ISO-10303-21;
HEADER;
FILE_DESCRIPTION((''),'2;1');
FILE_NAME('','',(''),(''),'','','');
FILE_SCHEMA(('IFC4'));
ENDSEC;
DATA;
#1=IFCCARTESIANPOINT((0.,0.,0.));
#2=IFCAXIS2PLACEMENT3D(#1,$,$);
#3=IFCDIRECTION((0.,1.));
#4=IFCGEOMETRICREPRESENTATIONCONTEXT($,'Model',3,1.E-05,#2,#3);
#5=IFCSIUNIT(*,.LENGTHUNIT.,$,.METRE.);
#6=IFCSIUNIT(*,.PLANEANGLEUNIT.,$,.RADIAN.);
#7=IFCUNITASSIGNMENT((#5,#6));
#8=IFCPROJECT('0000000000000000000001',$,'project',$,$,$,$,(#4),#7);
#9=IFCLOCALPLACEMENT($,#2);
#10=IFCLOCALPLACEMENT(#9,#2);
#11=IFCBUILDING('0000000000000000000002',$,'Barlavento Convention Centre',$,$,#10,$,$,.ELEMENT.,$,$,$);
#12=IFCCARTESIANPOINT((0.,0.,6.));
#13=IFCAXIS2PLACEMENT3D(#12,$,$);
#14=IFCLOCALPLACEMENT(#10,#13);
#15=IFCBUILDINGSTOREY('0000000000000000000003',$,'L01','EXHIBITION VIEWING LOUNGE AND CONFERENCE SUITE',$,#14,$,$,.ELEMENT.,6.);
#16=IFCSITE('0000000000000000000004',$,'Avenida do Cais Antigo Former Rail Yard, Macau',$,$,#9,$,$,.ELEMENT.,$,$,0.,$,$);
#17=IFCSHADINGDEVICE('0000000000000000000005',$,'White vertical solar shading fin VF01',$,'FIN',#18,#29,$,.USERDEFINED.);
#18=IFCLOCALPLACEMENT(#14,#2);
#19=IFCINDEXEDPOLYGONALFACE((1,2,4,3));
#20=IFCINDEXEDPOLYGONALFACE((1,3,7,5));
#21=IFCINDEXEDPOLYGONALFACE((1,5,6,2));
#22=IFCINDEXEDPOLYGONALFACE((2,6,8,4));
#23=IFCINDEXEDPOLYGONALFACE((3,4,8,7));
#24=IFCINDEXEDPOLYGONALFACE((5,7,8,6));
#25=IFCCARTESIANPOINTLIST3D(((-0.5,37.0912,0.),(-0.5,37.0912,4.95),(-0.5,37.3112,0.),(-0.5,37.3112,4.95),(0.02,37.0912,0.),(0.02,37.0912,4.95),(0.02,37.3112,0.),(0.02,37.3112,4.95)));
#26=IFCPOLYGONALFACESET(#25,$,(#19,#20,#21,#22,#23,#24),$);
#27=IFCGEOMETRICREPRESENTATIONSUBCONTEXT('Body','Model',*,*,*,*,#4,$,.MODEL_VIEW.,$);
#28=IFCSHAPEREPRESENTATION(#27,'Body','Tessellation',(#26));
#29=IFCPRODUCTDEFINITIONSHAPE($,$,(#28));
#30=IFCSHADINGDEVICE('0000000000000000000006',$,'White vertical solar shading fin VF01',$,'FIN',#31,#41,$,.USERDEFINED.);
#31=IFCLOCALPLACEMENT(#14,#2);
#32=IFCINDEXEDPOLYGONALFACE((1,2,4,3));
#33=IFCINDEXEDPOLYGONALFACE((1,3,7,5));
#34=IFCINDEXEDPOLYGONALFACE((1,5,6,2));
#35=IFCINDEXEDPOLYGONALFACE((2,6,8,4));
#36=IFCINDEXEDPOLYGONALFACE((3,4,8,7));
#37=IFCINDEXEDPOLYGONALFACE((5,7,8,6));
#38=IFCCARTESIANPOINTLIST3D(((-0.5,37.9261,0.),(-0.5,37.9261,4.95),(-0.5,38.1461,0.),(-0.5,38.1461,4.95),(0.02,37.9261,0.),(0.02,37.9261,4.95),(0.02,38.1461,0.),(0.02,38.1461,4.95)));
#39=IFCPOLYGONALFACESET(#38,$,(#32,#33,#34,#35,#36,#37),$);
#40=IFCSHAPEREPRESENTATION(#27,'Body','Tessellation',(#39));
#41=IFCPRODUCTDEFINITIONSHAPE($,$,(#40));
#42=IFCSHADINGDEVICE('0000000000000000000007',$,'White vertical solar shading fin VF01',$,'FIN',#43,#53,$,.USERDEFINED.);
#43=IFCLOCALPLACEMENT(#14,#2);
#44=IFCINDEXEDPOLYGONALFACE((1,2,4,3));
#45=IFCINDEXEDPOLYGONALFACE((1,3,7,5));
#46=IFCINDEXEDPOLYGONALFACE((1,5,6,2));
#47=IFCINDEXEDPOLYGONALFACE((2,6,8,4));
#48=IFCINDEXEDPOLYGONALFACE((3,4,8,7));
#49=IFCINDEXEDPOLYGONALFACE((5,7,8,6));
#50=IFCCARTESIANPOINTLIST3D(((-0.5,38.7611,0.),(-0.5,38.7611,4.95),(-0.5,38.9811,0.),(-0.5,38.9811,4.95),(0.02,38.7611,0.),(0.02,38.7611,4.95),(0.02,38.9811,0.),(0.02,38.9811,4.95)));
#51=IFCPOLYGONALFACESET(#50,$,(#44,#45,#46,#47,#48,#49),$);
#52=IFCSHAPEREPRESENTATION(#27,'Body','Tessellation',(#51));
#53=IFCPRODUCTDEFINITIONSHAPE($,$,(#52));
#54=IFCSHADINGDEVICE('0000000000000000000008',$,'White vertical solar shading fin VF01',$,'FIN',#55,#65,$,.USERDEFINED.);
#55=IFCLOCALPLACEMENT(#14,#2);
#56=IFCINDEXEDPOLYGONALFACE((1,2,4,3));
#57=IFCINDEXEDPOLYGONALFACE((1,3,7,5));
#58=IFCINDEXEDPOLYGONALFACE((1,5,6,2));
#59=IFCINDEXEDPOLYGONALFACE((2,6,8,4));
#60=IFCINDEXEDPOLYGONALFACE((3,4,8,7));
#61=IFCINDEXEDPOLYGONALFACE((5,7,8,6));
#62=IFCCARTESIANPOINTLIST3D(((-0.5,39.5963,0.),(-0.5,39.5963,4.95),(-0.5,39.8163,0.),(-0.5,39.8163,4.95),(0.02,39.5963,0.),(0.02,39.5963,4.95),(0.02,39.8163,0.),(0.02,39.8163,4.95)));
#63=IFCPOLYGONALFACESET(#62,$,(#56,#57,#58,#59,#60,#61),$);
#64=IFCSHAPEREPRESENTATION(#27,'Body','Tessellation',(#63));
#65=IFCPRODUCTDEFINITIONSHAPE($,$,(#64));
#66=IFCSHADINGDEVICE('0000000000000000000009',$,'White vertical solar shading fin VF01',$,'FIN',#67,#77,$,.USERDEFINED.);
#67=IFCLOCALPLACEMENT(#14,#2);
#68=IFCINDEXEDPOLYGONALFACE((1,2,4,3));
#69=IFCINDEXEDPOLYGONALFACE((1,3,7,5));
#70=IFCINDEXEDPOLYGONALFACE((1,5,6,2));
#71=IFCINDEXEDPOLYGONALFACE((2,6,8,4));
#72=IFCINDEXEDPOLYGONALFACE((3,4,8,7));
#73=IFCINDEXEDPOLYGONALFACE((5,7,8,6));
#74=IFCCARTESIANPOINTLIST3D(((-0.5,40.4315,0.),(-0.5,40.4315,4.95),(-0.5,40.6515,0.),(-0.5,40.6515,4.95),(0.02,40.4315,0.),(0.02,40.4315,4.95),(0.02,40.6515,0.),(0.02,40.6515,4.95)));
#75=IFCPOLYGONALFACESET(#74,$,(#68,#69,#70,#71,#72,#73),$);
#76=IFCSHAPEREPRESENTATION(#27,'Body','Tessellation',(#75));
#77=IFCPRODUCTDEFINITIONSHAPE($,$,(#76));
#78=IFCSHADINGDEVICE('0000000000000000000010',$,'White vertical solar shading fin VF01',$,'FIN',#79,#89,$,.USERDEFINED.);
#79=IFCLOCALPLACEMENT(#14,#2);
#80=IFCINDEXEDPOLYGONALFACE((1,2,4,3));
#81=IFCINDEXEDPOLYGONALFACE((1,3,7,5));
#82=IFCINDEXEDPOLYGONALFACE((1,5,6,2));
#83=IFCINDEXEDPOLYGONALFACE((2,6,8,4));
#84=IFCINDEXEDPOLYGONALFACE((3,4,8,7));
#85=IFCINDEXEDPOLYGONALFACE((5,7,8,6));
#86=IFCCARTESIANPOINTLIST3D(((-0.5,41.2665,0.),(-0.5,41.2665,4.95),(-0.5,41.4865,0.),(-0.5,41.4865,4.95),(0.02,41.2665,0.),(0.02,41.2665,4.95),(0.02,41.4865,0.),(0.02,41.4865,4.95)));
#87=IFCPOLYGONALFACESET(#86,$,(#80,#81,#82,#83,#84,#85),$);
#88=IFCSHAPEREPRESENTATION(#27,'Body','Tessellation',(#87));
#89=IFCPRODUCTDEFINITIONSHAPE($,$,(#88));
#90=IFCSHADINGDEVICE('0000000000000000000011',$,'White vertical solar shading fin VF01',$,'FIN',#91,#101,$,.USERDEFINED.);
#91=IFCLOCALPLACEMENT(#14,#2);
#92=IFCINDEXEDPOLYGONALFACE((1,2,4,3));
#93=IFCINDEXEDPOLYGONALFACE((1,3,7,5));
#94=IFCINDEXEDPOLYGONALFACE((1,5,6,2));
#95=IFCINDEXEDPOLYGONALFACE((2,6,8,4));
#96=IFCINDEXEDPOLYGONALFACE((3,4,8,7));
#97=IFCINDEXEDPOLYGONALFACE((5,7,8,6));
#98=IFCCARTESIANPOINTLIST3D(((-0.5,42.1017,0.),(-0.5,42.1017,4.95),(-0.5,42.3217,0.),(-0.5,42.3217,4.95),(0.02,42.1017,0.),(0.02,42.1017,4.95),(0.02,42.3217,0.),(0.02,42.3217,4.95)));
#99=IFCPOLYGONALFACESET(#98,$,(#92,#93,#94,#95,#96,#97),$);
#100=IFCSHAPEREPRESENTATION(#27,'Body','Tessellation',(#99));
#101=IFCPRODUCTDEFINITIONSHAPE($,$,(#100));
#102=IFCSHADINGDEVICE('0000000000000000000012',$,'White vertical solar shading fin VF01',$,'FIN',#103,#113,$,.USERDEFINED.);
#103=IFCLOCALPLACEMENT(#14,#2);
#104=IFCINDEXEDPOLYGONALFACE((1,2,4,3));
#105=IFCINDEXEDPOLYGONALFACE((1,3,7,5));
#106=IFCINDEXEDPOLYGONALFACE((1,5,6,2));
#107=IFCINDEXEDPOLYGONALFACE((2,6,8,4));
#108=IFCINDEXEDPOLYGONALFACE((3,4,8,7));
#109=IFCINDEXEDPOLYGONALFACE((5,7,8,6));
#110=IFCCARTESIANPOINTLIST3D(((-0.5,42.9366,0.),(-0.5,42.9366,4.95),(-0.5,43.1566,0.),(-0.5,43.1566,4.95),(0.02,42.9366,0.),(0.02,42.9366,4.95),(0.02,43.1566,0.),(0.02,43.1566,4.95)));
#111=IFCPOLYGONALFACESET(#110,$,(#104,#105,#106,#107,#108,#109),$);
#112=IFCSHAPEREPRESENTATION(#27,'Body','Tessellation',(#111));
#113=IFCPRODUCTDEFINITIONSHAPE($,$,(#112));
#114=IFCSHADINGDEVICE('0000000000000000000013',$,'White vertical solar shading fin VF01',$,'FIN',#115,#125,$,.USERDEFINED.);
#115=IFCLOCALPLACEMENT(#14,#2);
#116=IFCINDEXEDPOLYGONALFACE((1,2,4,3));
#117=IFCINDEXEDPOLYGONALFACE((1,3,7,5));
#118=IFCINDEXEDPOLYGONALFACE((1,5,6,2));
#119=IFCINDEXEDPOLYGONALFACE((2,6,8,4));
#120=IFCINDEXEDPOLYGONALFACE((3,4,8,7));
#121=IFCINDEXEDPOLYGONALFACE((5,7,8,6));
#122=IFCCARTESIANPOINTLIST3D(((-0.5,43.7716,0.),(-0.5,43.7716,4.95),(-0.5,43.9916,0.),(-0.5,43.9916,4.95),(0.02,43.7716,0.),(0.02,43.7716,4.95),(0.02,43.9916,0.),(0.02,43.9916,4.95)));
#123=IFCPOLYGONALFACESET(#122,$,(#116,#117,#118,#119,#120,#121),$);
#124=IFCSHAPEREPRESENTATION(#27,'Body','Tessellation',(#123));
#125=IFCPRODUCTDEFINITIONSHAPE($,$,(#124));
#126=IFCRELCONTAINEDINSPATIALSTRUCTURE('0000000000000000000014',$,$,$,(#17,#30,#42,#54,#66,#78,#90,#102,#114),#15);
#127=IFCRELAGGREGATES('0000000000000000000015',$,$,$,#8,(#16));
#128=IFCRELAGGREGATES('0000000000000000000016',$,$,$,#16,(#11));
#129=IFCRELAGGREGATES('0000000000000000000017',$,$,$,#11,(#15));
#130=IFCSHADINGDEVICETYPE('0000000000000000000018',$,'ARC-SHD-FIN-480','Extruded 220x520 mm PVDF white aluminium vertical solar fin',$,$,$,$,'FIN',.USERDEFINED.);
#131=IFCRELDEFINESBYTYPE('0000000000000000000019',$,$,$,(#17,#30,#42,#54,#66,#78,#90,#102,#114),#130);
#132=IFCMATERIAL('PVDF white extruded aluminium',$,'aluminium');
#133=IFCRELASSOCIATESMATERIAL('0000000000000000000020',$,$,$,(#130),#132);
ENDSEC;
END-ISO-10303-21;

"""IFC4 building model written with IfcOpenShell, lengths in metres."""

from ifc_helpers import new_model, si_unit, direction, frame, origin, origin_2d, place, context, subcontext, project, spatial, rectangle, extrude, material, type_object, element, save


model = new_model("IFC4")

# Units and contexts
model_context = context("Model", 3, precision=1e-05, world=origin(), true_north=direction((0.0, 1.0)))
body_context = subcontext(model_context, "Body", "Model", "MODEL_VIEW")
ifc_project = project(units=[si_unit("LENGTHUNIT", "METRE"), si_unit("PLANEANGLEUNIT", "RADIAN")], contexts=[model_context])

# Site, building, storey
site_placement = place(None, origin())
site = spatial("IfcSite", under=ifc_project, at=site_placement, Name="Avenida do Cais Antigo Former Rail Yard, Macau", CompositionType="ELEMENT", RefElevation=0.0)
building_placement = place(site_placement, origin())
building = spatial("IfcBuilding", under=site, at=building_placement, Name="Barlavento Convention Centre", CompositionType="ELEMENT")
storey_placement = place(building_placement, frame((0.0, 0.0, 6.0)))
storey = spatial("IfcBuildingStorey", under=building, at=storey_placement, Name="L01", Description="EXHIBITION VIEWING LOUNGE AND CONFERENCE SUITE", CompositionType="ELEMENT", Elevation=6.0)

# Shading devices
ifc_material_1 = material(Name="PVDF white extruded aluminium", Category="aluminium")
shading_device_type = type_object("IfcShadingDeviceType", Name="ARC-SHD-FIN-480", Description="Extruded 220x520 mm PVDF white aluminium vertical solar fin", ElementType="FIN", PredefinedType="USERDEFINED", material=ifc_material_1)
for number, where, z_axis, x_axis, name in (
    (1, (-0.24, 37.2012, 0.0), (0.0, 0.0, 1.0), (0.0, 1.0, 0.0), "White vertical solar shading fin VF01"),
    (2, (-0.24, 38.0361, 0.0), (0.0, 0.0, 1.0), (0.0, 1.0, 0.0), "White vertical solar shading fin VF01"),
    (3, (-0.24, 38.8711, 0.0), (0.0, 0.0, 1.0), (0.0, 1.0, 0.0), "White vertical solar shading fin VF01"),
    (4, (-0.24, 39.7063, 0.0), (0.0, 0.0, 1.0), (0.0, 1.0, 0.0), "White vertical solar shading fin VF01"),
    (5, (-0.24, 40.5415, 0.0), (0.0, 0.0, 1.0), (0.0, 1.0, 0.0), "White vertical solar shading fin VF01"),
    (6, (-0.24, 41.3765, 0.0), (0.0, 0.0, 1.0), (0.0, 1.0, 0.0), "White vertical solar shading fin VF01"),
    (7, (-0.24, 42.2117, 0.0), (0.0, 0.0, 1.0), (0.0, 1.0, 0.0), "White vertical solar shading fin VF01"),
    (8, (-0.24, 43.0466, 0.0), (0.0, 0.0, 1.0), (0.0, 1.0, 0.0), "White vertical solar shading fin VF01"),
    (9, (-0.24, 43.8816, 0.0), (0.0, 0.0, 1.0), (0.0, 1.0, 0.0), "White vertical solar shading fin VF01"),
):
    element("IfcShadingDevice", number, at=place(storey_placement, frame(where, z_axis=z_axis, x_axis=x_axis)), inside=storey, type_object=shading_device_type, Name=name, ObjectType="FIN", PredefinedType="USERDEFINED", context=body_context, shape_type="SweptSolid", body=[
        extrude(rectangle(XDim=0.22, YDim=0.52, at=origin_2d()), origin(), (0.0, 0.0, 1.0), 4.95),
    ])

save(model, "model.ifc")
